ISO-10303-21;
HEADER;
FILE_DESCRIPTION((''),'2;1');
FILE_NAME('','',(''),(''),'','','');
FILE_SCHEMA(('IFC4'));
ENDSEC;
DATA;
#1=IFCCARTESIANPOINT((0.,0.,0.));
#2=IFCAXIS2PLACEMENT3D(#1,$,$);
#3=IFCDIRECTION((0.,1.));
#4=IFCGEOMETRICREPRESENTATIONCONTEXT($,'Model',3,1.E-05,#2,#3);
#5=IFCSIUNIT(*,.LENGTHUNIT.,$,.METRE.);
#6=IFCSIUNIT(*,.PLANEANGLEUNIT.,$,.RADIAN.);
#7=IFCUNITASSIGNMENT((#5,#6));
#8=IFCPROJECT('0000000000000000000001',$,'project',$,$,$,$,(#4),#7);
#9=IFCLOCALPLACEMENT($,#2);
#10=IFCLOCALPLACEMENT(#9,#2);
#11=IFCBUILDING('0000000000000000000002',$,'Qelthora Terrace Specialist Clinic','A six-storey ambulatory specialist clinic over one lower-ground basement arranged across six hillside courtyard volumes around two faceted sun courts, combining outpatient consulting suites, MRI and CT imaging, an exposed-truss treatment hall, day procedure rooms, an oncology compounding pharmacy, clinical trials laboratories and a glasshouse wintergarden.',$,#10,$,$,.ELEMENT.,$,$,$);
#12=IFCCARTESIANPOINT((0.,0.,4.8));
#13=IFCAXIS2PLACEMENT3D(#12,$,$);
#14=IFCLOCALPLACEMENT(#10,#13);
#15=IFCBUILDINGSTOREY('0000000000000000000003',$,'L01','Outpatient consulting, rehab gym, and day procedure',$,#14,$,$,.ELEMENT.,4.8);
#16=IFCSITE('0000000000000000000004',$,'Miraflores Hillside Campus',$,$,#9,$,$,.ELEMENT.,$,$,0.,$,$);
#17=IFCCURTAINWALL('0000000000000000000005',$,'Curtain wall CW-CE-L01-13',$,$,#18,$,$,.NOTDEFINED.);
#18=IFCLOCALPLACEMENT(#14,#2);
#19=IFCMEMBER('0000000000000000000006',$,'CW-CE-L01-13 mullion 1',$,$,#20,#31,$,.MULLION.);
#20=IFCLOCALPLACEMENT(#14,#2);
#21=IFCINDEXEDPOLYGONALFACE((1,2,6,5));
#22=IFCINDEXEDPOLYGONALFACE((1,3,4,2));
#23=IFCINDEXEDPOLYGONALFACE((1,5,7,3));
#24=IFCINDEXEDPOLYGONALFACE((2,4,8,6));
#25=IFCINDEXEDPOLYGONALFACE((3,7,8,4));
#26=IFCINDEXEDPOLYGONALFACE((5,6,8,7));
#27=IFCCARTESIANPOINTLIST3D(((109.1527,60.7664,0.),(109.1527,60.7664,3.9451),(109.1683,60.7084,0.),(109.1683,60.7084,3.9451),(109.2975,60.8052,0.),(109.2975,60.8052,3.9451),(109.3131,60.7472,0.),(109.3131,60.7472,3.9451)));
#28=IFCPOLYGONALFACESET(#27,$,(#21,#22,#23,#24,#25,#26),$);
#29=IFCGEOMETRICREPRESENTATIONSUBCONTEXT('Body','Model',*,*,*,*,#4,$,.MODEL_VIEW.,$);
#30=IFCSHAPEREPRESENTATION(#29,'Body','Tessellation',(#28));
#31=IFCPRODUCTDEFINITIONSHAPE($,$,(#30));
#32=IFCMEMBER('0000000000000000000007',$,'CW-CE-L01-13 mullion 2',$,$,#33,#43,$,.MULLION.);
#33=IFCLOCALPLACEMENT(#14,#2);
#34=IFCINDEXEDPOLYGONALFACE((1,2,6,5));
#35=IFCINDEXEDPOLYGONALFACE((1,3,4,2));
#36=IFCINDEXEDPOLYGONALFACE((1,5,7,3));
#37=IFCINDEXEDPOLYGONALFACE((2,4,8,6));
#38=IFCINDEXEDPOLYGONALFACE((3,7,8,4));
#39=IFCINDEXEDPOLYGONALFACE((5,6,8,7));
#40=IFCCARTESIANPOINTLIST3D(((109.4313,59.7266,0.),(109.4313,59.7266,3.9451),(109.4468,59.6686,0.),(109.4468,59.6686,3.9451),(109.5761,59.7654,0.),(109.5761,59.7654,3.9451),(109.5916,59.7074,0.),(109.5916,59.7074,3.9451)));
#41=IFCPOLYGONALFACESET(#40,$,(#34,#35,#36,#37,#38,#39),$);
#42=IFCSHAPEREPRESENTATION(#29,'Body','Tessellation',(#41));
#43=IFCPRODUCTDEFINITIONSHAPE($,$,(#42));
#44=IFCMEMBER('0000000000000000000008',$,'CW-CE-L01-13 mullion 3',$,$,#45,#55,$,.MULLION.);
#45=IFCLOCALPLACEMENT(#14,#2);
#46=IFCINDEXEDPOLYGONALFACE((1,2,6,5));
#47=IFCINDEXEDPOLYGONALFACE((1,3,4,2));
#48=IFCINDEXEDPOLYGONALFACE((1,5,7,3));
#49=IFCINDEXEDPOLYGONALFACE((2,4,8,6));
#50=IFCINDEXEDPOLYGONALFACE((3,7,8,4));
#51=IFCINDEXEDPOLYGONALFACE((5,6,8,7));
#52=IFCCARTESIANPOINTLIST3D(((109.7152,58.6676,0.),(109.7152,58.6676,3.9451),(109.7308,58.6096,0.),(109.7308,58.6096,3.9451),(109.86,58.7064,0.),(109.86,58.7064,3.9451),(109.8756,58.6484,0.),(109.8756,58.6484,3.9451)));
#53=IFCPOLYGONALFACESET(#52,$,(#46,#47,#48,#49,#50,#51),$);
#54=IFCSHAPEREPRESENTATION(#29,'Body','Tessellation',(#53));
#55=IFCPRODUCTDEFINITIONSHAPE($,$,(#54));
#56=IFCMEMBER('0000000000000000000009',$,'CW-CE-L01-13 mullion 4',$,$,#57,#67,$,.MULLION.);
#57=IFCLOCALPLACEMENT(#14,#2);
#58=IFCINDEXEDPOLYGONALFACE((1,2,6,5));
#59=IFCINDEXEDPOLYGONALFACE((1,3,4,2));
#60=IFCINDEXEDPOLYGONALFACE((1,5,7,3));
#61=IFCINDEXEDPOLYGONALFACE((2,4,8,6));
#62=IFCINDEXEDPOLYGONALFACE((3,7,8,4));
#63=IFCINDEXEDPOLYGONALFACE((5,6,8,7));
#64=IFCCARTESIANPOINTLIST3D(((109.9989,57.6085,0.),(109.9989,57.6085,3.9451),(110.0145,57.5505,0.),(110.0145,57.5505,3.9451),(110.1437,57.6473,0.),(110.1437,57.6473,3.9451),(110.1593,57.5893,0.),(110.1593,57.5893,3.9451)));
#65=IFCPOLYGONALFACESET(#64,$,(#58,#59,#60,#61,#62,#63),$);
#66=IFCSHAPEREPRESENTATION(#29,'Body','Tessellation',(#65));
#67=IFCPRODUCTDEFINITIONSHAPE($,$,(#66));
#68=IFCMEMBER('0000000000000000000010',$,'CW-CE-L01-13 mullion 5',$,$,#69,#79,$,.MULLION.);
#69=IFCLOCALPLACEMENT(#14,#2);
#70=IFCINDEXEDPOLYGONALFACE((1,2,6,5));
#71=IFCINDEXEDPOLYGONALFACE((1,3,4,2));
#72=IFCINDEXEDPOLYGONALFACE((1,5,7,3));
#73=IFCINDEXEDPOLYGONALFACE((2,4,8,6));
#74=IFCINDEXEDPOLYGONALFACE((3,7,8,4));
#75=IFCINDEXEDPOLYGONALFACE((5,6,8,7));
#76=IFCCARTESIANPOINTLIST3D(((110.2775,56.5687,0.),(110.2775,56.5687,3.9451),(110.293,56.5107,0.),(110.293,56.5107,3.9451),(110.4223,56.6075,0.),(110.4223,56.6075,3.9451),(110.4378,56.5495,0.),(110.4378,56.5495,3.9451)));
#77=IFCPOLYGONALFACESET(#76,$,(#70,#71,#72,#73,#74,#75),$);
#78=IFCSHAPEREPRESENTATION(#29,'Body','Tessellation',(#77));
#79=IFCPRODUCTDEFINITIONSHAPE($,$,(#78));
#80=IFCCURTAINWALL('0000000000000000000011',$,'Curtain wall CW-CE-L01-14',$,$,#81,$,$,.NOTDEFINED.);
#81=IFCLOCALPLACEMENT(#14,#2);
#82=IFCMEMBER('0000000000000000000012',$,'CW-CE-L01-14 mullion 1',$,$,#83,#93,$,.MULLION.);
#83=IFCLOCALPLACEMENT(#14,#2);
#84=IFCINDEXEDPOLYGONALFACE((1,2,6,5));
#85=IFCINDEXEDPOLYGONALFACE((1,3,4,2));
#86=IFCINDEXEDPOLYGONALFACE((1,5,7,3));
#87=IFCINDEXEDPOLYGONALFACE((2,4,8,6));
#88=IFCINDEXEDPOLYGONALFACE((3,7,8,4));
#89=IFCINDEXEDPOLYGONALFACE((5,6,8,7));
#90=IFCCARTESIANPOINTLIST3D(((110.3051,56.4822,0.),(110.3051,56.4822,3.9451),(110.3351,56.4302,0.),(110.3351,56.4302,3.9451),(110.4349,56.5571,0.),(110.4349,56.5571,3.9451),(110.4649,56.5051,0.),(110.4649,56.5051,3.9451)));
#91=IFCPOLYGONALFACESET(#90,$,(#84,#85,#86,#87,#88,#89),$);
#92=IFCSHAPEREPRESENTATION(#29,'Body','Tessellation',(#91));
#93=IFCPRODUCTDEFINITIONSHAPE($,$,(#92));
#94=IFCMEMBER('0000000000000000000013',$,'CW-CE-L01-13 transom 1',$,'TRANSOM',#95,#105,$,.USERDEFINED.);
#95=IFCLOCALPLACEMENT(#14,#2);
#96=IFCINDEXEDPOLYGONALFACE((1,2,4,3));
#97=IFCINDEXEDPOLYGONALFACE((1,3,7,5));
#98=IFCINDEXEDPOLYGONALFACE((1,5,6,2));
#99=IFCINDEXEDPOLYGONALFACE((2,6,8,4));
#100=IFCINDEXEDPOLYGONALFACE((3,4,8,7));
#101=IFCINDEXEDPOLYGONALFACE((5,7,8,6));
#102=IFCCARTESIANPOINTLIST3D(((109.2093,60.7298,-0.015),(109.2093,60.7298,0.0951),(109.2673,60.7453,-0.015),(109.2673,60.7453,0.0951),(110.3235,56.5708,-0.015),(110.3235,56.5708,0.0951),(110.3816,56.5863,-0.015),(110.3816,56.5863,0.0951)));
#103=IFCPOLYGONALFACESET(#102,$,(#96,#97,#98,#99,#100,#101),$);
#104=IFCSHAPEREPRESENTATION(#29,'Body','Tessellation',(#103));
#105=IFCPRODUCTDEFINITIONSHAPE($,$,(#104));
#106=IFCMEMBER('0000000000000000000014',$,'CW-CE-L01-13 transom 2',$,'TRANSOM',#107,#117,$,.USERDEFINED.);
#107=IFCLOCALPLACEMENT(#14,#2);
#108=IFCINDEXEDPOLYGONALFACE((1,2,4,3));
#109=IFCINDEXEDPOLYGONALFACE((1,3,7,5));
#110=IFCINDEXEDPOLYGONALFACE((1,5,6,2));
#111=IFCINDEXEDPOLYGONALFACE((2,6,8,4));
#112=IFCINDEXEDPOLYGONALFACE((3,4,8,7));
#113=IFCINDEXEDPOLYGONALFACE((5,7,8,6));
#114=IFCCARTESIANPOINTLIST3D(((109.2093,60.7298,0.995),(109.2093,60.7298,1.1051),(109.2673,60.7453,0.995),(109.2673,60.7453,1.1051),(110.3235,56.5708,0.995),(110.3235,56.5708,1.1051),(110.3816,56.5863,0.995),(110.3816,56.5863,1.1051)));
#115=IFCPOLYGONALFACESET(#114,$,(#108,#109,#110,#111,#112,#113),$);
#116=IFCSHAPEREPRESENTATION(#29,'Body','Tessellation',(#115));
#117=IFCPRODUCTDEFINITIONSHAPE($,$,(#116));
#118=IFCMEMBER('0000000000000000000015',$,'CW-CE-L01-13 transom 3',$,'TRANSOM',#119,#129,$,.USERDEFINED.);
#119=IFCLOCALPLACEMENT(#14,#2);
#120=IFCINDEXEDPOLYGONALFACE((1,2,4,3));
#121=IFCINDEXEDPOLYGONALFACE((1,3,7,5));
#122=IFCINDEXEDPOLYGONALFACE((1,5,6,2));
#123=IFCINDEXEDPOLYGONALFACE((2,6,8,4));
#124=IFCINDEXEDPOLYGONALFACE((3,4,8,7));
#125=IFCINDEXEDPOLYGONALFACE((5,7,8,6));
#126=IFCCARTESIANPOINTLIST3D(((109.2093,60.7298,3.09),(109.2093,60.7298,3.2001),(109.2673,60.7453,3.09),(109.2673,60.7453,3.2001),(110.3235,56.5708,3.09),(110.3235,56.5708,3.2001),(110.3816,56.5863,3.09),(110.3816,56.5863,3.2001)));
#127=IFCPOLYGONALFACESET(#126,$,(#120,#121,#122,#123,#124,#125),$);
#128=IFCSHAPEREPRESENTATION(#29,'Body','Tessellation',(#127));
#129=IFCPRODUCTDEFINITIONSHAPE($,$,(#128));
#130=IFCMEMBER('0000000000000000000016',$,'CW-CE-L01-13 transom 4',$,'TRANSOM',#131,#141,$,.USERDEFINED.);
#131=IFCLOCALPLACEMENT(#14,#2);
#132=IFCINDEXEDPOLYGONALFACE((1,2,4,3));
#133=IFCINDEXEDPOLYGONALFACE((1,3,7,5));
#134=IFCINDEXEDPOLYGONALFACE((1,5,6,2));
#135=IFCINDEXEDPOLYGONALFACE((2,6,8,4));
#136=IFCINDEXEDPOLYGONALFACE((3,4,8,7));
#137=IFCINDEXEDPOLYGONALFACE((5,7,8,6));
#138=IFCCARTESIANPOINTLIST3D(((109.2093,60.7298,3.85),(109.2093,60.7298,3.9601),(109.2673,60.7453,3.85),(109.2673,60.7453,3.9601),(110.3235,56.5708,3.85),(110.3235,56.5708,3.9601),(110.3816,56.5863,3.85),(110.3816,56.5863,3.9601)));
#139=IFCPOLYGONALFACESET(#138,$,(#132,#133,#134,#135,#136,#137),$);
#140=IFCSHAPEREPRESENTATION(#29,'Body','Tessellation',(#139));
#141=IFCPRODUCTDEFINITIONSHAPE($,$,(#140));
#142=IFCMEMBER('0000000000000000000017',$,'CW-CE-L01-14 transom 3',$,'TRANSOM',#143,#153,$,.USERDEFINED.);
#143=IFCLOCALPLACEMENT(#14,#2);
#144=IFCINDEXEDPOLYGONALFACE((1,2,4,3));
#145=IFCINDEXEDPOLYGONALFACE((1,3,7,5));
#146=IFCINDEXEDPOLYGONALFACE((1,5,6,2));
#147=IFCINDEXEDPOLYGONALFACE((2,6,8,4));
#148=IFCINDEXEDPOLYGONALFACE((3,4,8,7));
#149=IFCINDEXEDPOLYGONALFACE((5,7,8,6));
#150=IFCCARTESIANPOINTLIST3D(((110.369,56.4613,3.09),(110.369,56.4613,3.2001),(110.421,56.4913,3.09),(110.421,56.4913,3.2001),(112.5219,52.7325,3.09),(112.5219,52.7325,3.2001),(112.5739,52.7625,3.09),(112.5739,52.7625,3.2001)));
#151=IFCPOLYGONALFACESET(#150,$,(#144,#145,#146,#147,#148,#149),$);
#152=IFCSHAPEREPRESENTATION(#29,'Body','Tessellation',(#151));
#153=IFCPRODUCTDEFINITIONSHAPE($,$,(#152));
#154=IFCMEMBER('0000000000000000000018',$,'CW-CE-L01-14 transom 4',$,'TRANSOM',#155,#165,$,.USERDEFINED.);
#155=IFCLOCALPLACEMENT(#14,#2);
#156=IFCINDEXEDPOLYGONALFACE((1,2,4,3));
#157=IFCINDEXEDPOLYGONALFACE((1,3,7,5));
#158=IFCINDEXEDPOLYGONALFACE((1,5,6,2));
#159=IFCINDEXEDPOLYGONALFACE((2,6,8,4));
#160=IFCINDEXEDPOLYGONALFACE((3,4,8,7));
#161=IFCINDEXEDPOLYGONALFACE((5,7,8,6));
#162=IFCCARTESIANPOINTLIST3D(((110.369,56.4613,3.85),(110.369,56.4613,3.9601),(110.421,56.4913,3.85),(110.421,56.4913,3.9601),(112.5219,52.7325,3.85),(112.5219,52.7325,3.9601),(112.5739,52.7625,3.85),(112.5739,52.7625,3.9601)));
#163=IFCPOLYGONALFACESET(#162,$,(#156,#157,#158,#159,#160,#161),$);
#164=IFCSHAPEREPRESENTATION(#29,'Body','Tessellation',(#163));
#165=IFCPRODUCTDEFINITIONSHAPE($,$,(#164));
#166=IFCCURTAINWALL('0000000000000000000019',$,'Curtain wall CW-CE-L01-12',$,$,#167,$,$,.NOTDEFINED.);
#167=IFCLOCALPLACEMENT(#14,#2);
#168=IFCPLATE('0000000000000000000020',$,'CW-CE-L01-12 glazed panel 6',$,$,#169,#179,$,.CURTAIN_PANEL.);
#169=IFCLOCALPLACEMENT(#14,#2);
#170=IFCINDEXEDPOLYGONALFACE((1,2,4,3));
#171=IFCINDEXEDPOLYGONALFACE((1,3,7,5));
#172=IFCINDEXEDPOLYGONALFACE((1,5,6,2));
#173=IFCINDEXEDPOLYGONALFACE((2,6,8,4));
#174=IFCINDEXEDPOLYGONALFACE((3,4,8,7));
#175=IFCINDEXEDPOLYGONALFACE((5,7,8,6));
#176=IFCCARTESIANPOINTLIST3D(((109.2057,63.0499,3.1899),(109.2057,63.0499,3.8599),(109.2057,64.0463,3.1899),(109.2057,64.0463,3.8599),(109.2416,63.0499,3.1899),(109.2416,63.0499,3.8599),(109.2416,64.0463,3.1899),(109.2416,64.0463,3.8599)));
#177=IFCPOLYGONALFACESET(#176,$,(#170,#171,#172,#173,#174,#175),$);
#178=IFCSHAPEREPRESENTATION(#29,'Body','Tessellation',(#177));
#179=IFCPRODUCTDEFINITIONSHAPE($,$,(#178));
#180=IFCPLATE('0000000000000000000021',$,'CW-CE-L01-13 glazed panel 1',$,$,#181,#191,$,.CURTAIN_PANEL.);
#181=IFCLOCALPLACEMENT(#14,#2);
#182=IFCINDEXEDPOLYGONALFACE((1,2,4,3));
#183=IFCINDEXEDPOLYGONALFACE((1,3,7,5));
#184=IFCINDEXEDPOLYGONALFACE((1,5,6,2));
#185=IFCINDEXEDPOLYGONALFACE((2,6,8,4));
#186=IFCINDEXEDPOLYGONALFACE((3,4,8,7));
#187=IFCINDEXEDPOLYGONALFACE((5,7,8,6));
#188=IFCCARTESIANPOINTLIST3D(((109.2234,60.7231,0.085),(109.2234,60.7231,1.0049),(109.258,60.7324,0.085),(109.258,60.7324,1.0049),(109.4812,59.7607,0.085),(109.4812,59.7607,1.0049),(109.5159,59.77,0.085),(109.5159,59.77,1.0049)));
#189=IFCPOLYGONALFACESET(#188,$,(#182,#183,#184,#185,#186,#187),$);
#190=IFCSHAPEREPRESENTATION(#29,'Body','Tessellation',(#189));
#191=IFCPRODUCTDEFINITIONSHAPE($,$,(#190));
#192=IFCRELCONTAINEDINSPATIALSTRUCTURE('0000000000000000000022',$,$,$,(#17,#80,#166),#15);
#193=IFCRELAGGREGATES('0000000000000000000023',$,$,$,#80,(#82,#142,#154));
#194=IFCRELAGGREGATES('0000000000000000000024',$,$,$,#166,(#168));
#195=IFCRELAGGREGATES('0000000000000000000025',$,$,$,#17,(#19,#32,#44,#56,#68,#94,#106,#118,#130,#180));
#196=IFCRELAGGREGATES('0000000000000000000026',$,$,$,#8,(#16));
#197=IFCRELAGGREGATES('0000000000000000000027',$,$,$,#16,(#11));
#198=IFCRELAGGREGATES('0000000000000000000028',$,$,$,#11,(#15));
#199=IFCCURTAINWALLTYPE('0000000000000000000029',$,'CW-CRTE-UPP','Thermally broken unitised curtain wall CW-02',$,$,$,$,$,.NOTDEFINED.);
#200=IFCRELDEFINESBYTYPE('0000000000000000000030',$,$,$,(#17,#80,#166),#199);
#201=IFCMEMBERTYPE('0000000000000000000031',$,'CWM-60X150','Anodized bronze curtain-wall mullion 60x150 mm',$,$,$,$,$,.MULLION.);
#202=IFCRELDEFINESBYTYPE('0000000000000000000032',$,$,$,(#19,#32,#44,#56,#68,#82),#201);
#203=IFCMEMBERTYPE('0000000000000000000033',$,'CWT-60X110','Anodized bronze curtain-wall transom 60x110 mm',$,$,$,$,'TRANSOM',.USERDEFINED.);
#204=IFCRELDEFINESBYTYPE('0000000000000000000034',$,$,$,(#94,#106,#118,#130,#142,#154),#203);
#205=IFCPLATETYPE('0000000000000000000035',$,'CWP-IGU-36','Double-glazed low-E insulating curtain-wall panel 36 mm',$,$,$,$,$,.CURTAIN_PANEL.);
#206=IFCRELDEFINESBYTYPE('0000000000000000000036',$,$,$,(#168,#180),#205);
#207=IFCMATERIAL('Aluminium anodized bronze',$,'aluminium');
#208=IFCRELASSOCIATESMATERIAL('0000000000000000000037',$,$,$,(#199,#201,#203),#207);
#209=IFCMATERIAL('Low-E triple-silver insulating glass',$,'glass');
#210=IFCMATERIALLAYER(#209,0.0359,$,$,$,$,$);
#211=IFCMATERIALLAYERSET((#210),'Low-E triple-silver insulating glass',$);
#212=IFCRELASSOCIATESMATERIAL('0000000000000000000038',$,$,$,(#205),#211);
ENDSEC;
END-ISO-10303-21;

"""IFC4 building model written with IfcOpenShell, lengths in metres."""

from ifc_helpers import new_model, si_unit, direction, frame, origin, origin_2d, place, context, subcontext, project, spatial, rectangle, extrude, material, layer, layer_set, material_profile, profile_set, type_object, element, aggregate, save


model = new_model("IFC4")

# Units and contexts
model_context = context("Model", 3, precision=1e-05, world=origin(), true_north=direction((0.0, 1.0)))
body_context = subcontext(model_context, "Body", "Model", "MODEL_VIEW")
ifc_project = project(units=[si_unit("LENGTHUNIT", "METRE"), si_unit("PLANEANGLEUNIT", "RADIAN")], contexts=[model_context])

# Site, building, storey
site_placement = place(None, origin())
site = spatial("IfcSite", under=ifc_project, at=site_placement, Name="Miraflores Hillside Campus", CompositionType="ELEMENT", RefElevation=0.0)
building_placement = place(site_placement, origin())
building = spatial("IfcBuilding", under=site, at=building_placement, Name="Qelthora Terrace Specialist Clinic", Description="A six-storey ambulatory specialist clinic over one lower-ground basement arranged across six hillside courtyard volumes around two faceted sun courts, combining outpatient consulting suites, MRI and CT imaging, an exposed-truss treatment hall, day procedure rooms, an oncology compounding pharmacy, clinical trials laboratories and a glasshouse wintergarden.", CompositionType="ELEMENT")
storey_placement = place(building_placement, frame((0.0, 0.0, 4.8)))
storey = spatial("IfcBuildingStorey", under=building, at=storey_placement, Name="L01", Description="Outpatient consulting, rehab gym, and day procedure", CompositionType="ELEMENT", Elevation=4.8)

# Curtain wall, members
ifc_material_1 = material(Name="Aluminium anodized bronze", Category="aluminium")
curtain_wall_type = type_object("IfcCurtainWallType", Name="CW-CRTE-UPP", Description="Thermally broken unitised curtain wall CW-02", PredefinedType="NOTDEFINED", material=ifc_material_1)
curtain_wall_1_placement = place(storey_placement, origin())
curtain_wall_1 = element("IfcCurtainWall", 1, at=curtain_wall_1_placement, inside=storey, type_object=curtain_wall_type, Name="Curtain wall CW-CE-L01-13", PredefinedType="NOTDEFINED")
ifc_material_profile_1 = material_profile(ifc_material_1, rectangle(XDim=0.0601, YDim=0.1499, at=origin_2d()), Name="CWM60X150")
ifc_profile_set_1 = profile_set([ifc_material_profile_1], Name="Aluminium anodized bronze")
member_type_1 = type_object("IfcMemberType", Name="CWM-60X150", Description="Anodized bronze curtain-wall mullion 60x150 mm", PredefinedType="MULLION", material=ifc_profile_set_1)
member_1_placement = place(storey_placement, frame((109.2329, 60.7568, 0.0), z_axis=(0.0, 0.0, 1.0), x_axis=(0.25882, -0.965926, 0.0)))
member_1 = element("IfcMember", 2, at=member_1_placement, type_object=member_type_1, Name="CW-CE-L01-13 mullion 1", PredefinedType="MULLION", context=body_context, shape_type="SweptSolid", body=[
    extrude(rectangle(XDim=0.0601, YDim=0.1499, at=origin_2d()), origin(), (0.0, 0.0, 1.0), 3.9451),
])
member_2_placement = place(storey_placement, frame((109.5115, 59.717, 0.0), z_axis=(0.0, 0.0, 1.0), x_axis=(0.25882, -0.965926, 0.0)))
member_2 = element("IfcMember", 3, at=member_2_placement, type_object=member_type_1, Name="CW-CE-L01-13 mullion 2", PredefinedType="MULLION", context=body_context, shape_type="SweptSolid", body=[
    extrude(rectangle(XDim=0.0601, YDim=0.1499, at=origin_2d()), origin(), (0.0, 0.0, 1.0), 3.9451),
])
member_3_placement = place(storey_placement, frame((109.7954, 58.658, 0.0), z_axis=(0.0, 0.0, 1.0), x_axis=(0.25882, -0.965926, 0.0)))
member_3 = element("IfcMember", 4, at=member_3_placement, type_object=member_type_1, Name="CW-CE-L01-13 mullion 3", PredefinedType="MULLION", context=body_context, shape_type="SweptSolid", body=[
    extrude(rectangle(XDim=0.0601, YDim=0.1499, at=origin_2d()), origin(), (0.0, 0.0, 1.0), 3.9451),
])
member_4_placement = place(storey_placement, frame((110.0791, 57.5989, 0.0), z_axis=(0.0, 0.0, 1.0), x_axis=(0.25882, -0.965926, 0.0)))
member_4 = element("IfcMember", 5, at=member_4_placement, type_object=member_type_1, Name="CW-CE-L01-13 mullion 4", PredefinedType="MULLION", context=body_context, shape_type="SweptSolid", body=[
    extrude(rectangle(XDim=0.0601, YDim=0.1499, at=origin_2d()), origin(), (0.0, 0.0, 1.0), 3.9451),
])
member_5_placement = place(storey_placement, frame((110.3577, 56.5591, 0.0), z_axis=(0.0, 0.0, 1.0), x_axis=(0.25882, -0.965926, 0.0)))
member_5 = element("IfcMember", 6, at=member_5_placement, type_object=member_type_1, Name="CW-CE-L01-13 mullion 5", PredefinedType="MULLION", context=body_context, shape_type="SweptSolid", body=[
    extrude(rectangle(XDim=0.0601, YDim=0.1499, at=origin_2d()), origin(), (0.0, 0.0, 1.0), 3.9451),
])

# Curtain wall, member
curtain_wall_2_placement = place(storey_placement, origin())
curtain_wall_2 = element("IfcCurtainWall", 7, at=curtain_wall_2_placement, inside=storey, type_object=curtain_wall_type, Name="Curtain wall CW-CE-L01-14", PredefinedType="NOTDEFINED")
member_6_placement = place(storey_placement, frame((110.385, 56.4937, 0.0), z_axis=(0.0, 0.0, 1.0), x_axis=(0.5, -0.866025, 0.0)))
member_6 = element("IfcMember", 8, at=member_6_placement, type_object=member_type_1, Name="CW-CE-L01-14 mullion 1", PredefinedType="MULLION", context=body_context, shape_type="SweptSolid", body=[
    extrude(rectangle(XDim=0.0601, YDim=0.1499, at=origin_2d()), origin(), (0.0, 0.0, 1.0), 3.9451),
])

# Members
ifc_material_profile_2 = material_profile(ifc_material_1, rectangle(XDim=0.0601, YDim=0.1101, at=origin_2d()), Name="CWT60X110")
ifc_profile_set_2 = profile_set([ifc_material_profile_2], Name="Aluminium anodized bronze")
member_type_2 = type_object("IfcMemberType", Name="CWT-60X110", Description="Anodized bronze curtain-wall transom 60x110 mm", ElementType="TRANSOM", PredefinedType="USERDEFINED", material=ifc_profile_set_2)
member_7_placement = place(storey_placement, frame((109.2383, 60.7375, 0.04), z_axis=(0.258792, -0.965933, 0.0), x_axis=(0.965933, 0.258792, 0.0)))
member_7 = element("IfcMember", 9, at=member_7_placement, type_object=member_type_2, Name="CW-CE-L01-13 transom 1", ObjectType="TRANSOM", PredefinedType="USERDEFINED", context=body_context, shape_type="SweptSolid", body=[
    extrude(rectangle(XDim=0.0601, YDim=0.1101, at=origin_2d()), origin(), (0.0, 0.0, 1.0), 4.3057),
])
member_8_placement = place(storey_placement, frame((109.2383, 60.7375, 1.05), z_axis=(0.258792, -0.965933, 0.0), x_axis=(0.965933, 0.258792, 0.0)))
member_8 = element("IfcMember", 10, at=member_8_placement, type_object=member_type_2, Name="CW-CE-L01-13 transom 2", ObjectType="TRANSOM", PredefinedType="USERDEFINED", context=body_context, shape_type="SweptSolid", body=[
    extrude(rectangle(XDim=0.0601, YDim=0.1101, at=origin_2d()), origin(), (0.0, 0.0, 1.0), 4.3057),
])
member_9_placement = place(storey_placement, frame((109.2383, 60.7375, 3.145), z_axis=(0.258792, -0.965933, 0.0), x_axis=(0.965933, 0.258792, 0.0)))
member_9 = element("IfcMember", 11, at=member_9_placement, type_object=member_type_2, Name="CW-CE-L01-13 transom 3", ObjectType="TRANSOM", PredefinedType="USERDEFINED", context=body_context, shape_type="SweptSolid", body=[
    extrude(rectangle(XDim=0.0601, YDim=0.1101, at=origin_2d()), origin(), (0.0, 0.0, 1.0), 4.3057),
])
member_10_placement = place(storey_placement, frame((109.2383, 60.7375, 3.905), z_axis=(0.258792, -0.965933, 0.0), x_axis=(0.965933, 0.258792, 0.0)))
member_10 = element("IfcMember", 12, at=member_10_placement, type_object=member_type_2, Name="CW-CE-L01-13 transom 4", ObjectType="TRANSOM", PredefinedType="USERDEFINED", context=body_context, shape_type="SweptSolid", body=[
    extrude(rectangle(XDim=0.0601, YDim=0.1101, at=origin_2d()), origin(), (0.0, 0.0, 1.0), 4.3057),
])
member_11_placement = place(storey_placement, frame((110.395, 56.4763, 3.145), z_axis=(0.500006, -0.866022, 0.0), x_axis=(0.866022, 0.500006, 0.0)))
member_11 = element("IfcMember", 13, at=member_11_placement, type_object=member_type_2, Name="CW-CE-L01-14 transom 3", ObjectType="TRANSOM", PredefinedType="USERDEFINED", context=body_context, shape_type="SweptSolid", body=[
    extrude(rectangle(XDim=0.0601, YDim=0.1101, at=origin_2d()), origin(), (0.0, 0.0, 1.0), 4.3057),
])
member_12_placement = place(storey_placement, frame((110.395, 56.4763, 3.905), z_axis=(0.500006, -0.866022, 0.0), x_axis=(0.866022, 0.500006, 0.0)))
member_12 = element("IfcMember", 14, at=member_12_placement, type_object=member_type_2, Name="CW-CE-L01-14 transom 4", ObjectType="TRANSOM", PredefinedType="USERDEFINED", context=body_context, shape_type="SweptSolid", body=[
    extrude(rectangle(XDim=0.0601, YDim=0.1101, at=origin_2d()), origin(), (0.0, 0.0, 1.0), 4.3057),
])
aggregate(curtain_wall_2, [member_6, member_11, member_12])

# Curtain wall, plate
curtain_wall_3_placement = place(storey_placement, origin())
curtain_wall_3 = element("IfcCurtainWall", 15, at=curtain_wall_3_placement, inside=storey, type_object=curtain_wall_type, Name="Curtain wall CW-CE-L01-12", PredefinedType="NOTDEFINED")
ifc_material_2 = material(Name="Low-E triple-silver insulating glass", Category="glass")
ifc_layer = layer(ifc_material_2, 0.0359)
ifc_layer_set = layer_set([ifc_layer], Name="Low-E triple-silver insulating glass")
plate_type = type_object("IfcPlateType", Name="CWP-IGU-36", Description="Double-glazed low-E insulating curtain-wall panel 36 mm", PredefinedType="CURTAIN_PANEL", material=ifc_layer_set)
plate_1_placement = place(storey_placement, frame((109.2236, 63.5481, 3.1899), z_axis=(0.0, 0.0, 1.0), x_axis=(0.0, -1.0, 0.0)))
plate_1 = element("IfcPlate", 16, at=plate_1_placement, type_object=plate_type, Name="CW-CE-L01-12 glazed panel 6", PredefinedType="CURTAIN_PANEL", context=body_context, shape_type="SweptSolid", body=[
    extrude(rectangle(XDim=0.9963, YDim=0.0359, at=origin_2d()), origin(), (0.0, 0.0, 1.0), 0.6699),
])
aggregate(curtain_wall_3, [plate_1])

# Plate
plate_2_placement = place(storey_placement, frame((109.3696, 60.2466, 0.085), z_axis=(0.0, 0.0, 1.0), x_axis=(0.258819, -0.965926, 0.0)))
plate_2 = element("IfcPlate", 17, at=plate_2_placement, type_object=plate_type, Name="CW-CE-L01-13 glazed panel 1", PredefinedType="CURTAIN_PANEL", context=body_context, shape_type="SweptSolid", body=[
    extrude(rectangle(XDim=0.9963, YDim=0.0359, at=origin_2d()), origin(), (0.0, 0.0, 1.0), 0.9199),
])
aggregate(curtain_wall_1, [member_1, member_2, member_3, member_4, member_5, member_7, member_8, member_9, member_10, plate_2])

save(model, "model.ifc")
